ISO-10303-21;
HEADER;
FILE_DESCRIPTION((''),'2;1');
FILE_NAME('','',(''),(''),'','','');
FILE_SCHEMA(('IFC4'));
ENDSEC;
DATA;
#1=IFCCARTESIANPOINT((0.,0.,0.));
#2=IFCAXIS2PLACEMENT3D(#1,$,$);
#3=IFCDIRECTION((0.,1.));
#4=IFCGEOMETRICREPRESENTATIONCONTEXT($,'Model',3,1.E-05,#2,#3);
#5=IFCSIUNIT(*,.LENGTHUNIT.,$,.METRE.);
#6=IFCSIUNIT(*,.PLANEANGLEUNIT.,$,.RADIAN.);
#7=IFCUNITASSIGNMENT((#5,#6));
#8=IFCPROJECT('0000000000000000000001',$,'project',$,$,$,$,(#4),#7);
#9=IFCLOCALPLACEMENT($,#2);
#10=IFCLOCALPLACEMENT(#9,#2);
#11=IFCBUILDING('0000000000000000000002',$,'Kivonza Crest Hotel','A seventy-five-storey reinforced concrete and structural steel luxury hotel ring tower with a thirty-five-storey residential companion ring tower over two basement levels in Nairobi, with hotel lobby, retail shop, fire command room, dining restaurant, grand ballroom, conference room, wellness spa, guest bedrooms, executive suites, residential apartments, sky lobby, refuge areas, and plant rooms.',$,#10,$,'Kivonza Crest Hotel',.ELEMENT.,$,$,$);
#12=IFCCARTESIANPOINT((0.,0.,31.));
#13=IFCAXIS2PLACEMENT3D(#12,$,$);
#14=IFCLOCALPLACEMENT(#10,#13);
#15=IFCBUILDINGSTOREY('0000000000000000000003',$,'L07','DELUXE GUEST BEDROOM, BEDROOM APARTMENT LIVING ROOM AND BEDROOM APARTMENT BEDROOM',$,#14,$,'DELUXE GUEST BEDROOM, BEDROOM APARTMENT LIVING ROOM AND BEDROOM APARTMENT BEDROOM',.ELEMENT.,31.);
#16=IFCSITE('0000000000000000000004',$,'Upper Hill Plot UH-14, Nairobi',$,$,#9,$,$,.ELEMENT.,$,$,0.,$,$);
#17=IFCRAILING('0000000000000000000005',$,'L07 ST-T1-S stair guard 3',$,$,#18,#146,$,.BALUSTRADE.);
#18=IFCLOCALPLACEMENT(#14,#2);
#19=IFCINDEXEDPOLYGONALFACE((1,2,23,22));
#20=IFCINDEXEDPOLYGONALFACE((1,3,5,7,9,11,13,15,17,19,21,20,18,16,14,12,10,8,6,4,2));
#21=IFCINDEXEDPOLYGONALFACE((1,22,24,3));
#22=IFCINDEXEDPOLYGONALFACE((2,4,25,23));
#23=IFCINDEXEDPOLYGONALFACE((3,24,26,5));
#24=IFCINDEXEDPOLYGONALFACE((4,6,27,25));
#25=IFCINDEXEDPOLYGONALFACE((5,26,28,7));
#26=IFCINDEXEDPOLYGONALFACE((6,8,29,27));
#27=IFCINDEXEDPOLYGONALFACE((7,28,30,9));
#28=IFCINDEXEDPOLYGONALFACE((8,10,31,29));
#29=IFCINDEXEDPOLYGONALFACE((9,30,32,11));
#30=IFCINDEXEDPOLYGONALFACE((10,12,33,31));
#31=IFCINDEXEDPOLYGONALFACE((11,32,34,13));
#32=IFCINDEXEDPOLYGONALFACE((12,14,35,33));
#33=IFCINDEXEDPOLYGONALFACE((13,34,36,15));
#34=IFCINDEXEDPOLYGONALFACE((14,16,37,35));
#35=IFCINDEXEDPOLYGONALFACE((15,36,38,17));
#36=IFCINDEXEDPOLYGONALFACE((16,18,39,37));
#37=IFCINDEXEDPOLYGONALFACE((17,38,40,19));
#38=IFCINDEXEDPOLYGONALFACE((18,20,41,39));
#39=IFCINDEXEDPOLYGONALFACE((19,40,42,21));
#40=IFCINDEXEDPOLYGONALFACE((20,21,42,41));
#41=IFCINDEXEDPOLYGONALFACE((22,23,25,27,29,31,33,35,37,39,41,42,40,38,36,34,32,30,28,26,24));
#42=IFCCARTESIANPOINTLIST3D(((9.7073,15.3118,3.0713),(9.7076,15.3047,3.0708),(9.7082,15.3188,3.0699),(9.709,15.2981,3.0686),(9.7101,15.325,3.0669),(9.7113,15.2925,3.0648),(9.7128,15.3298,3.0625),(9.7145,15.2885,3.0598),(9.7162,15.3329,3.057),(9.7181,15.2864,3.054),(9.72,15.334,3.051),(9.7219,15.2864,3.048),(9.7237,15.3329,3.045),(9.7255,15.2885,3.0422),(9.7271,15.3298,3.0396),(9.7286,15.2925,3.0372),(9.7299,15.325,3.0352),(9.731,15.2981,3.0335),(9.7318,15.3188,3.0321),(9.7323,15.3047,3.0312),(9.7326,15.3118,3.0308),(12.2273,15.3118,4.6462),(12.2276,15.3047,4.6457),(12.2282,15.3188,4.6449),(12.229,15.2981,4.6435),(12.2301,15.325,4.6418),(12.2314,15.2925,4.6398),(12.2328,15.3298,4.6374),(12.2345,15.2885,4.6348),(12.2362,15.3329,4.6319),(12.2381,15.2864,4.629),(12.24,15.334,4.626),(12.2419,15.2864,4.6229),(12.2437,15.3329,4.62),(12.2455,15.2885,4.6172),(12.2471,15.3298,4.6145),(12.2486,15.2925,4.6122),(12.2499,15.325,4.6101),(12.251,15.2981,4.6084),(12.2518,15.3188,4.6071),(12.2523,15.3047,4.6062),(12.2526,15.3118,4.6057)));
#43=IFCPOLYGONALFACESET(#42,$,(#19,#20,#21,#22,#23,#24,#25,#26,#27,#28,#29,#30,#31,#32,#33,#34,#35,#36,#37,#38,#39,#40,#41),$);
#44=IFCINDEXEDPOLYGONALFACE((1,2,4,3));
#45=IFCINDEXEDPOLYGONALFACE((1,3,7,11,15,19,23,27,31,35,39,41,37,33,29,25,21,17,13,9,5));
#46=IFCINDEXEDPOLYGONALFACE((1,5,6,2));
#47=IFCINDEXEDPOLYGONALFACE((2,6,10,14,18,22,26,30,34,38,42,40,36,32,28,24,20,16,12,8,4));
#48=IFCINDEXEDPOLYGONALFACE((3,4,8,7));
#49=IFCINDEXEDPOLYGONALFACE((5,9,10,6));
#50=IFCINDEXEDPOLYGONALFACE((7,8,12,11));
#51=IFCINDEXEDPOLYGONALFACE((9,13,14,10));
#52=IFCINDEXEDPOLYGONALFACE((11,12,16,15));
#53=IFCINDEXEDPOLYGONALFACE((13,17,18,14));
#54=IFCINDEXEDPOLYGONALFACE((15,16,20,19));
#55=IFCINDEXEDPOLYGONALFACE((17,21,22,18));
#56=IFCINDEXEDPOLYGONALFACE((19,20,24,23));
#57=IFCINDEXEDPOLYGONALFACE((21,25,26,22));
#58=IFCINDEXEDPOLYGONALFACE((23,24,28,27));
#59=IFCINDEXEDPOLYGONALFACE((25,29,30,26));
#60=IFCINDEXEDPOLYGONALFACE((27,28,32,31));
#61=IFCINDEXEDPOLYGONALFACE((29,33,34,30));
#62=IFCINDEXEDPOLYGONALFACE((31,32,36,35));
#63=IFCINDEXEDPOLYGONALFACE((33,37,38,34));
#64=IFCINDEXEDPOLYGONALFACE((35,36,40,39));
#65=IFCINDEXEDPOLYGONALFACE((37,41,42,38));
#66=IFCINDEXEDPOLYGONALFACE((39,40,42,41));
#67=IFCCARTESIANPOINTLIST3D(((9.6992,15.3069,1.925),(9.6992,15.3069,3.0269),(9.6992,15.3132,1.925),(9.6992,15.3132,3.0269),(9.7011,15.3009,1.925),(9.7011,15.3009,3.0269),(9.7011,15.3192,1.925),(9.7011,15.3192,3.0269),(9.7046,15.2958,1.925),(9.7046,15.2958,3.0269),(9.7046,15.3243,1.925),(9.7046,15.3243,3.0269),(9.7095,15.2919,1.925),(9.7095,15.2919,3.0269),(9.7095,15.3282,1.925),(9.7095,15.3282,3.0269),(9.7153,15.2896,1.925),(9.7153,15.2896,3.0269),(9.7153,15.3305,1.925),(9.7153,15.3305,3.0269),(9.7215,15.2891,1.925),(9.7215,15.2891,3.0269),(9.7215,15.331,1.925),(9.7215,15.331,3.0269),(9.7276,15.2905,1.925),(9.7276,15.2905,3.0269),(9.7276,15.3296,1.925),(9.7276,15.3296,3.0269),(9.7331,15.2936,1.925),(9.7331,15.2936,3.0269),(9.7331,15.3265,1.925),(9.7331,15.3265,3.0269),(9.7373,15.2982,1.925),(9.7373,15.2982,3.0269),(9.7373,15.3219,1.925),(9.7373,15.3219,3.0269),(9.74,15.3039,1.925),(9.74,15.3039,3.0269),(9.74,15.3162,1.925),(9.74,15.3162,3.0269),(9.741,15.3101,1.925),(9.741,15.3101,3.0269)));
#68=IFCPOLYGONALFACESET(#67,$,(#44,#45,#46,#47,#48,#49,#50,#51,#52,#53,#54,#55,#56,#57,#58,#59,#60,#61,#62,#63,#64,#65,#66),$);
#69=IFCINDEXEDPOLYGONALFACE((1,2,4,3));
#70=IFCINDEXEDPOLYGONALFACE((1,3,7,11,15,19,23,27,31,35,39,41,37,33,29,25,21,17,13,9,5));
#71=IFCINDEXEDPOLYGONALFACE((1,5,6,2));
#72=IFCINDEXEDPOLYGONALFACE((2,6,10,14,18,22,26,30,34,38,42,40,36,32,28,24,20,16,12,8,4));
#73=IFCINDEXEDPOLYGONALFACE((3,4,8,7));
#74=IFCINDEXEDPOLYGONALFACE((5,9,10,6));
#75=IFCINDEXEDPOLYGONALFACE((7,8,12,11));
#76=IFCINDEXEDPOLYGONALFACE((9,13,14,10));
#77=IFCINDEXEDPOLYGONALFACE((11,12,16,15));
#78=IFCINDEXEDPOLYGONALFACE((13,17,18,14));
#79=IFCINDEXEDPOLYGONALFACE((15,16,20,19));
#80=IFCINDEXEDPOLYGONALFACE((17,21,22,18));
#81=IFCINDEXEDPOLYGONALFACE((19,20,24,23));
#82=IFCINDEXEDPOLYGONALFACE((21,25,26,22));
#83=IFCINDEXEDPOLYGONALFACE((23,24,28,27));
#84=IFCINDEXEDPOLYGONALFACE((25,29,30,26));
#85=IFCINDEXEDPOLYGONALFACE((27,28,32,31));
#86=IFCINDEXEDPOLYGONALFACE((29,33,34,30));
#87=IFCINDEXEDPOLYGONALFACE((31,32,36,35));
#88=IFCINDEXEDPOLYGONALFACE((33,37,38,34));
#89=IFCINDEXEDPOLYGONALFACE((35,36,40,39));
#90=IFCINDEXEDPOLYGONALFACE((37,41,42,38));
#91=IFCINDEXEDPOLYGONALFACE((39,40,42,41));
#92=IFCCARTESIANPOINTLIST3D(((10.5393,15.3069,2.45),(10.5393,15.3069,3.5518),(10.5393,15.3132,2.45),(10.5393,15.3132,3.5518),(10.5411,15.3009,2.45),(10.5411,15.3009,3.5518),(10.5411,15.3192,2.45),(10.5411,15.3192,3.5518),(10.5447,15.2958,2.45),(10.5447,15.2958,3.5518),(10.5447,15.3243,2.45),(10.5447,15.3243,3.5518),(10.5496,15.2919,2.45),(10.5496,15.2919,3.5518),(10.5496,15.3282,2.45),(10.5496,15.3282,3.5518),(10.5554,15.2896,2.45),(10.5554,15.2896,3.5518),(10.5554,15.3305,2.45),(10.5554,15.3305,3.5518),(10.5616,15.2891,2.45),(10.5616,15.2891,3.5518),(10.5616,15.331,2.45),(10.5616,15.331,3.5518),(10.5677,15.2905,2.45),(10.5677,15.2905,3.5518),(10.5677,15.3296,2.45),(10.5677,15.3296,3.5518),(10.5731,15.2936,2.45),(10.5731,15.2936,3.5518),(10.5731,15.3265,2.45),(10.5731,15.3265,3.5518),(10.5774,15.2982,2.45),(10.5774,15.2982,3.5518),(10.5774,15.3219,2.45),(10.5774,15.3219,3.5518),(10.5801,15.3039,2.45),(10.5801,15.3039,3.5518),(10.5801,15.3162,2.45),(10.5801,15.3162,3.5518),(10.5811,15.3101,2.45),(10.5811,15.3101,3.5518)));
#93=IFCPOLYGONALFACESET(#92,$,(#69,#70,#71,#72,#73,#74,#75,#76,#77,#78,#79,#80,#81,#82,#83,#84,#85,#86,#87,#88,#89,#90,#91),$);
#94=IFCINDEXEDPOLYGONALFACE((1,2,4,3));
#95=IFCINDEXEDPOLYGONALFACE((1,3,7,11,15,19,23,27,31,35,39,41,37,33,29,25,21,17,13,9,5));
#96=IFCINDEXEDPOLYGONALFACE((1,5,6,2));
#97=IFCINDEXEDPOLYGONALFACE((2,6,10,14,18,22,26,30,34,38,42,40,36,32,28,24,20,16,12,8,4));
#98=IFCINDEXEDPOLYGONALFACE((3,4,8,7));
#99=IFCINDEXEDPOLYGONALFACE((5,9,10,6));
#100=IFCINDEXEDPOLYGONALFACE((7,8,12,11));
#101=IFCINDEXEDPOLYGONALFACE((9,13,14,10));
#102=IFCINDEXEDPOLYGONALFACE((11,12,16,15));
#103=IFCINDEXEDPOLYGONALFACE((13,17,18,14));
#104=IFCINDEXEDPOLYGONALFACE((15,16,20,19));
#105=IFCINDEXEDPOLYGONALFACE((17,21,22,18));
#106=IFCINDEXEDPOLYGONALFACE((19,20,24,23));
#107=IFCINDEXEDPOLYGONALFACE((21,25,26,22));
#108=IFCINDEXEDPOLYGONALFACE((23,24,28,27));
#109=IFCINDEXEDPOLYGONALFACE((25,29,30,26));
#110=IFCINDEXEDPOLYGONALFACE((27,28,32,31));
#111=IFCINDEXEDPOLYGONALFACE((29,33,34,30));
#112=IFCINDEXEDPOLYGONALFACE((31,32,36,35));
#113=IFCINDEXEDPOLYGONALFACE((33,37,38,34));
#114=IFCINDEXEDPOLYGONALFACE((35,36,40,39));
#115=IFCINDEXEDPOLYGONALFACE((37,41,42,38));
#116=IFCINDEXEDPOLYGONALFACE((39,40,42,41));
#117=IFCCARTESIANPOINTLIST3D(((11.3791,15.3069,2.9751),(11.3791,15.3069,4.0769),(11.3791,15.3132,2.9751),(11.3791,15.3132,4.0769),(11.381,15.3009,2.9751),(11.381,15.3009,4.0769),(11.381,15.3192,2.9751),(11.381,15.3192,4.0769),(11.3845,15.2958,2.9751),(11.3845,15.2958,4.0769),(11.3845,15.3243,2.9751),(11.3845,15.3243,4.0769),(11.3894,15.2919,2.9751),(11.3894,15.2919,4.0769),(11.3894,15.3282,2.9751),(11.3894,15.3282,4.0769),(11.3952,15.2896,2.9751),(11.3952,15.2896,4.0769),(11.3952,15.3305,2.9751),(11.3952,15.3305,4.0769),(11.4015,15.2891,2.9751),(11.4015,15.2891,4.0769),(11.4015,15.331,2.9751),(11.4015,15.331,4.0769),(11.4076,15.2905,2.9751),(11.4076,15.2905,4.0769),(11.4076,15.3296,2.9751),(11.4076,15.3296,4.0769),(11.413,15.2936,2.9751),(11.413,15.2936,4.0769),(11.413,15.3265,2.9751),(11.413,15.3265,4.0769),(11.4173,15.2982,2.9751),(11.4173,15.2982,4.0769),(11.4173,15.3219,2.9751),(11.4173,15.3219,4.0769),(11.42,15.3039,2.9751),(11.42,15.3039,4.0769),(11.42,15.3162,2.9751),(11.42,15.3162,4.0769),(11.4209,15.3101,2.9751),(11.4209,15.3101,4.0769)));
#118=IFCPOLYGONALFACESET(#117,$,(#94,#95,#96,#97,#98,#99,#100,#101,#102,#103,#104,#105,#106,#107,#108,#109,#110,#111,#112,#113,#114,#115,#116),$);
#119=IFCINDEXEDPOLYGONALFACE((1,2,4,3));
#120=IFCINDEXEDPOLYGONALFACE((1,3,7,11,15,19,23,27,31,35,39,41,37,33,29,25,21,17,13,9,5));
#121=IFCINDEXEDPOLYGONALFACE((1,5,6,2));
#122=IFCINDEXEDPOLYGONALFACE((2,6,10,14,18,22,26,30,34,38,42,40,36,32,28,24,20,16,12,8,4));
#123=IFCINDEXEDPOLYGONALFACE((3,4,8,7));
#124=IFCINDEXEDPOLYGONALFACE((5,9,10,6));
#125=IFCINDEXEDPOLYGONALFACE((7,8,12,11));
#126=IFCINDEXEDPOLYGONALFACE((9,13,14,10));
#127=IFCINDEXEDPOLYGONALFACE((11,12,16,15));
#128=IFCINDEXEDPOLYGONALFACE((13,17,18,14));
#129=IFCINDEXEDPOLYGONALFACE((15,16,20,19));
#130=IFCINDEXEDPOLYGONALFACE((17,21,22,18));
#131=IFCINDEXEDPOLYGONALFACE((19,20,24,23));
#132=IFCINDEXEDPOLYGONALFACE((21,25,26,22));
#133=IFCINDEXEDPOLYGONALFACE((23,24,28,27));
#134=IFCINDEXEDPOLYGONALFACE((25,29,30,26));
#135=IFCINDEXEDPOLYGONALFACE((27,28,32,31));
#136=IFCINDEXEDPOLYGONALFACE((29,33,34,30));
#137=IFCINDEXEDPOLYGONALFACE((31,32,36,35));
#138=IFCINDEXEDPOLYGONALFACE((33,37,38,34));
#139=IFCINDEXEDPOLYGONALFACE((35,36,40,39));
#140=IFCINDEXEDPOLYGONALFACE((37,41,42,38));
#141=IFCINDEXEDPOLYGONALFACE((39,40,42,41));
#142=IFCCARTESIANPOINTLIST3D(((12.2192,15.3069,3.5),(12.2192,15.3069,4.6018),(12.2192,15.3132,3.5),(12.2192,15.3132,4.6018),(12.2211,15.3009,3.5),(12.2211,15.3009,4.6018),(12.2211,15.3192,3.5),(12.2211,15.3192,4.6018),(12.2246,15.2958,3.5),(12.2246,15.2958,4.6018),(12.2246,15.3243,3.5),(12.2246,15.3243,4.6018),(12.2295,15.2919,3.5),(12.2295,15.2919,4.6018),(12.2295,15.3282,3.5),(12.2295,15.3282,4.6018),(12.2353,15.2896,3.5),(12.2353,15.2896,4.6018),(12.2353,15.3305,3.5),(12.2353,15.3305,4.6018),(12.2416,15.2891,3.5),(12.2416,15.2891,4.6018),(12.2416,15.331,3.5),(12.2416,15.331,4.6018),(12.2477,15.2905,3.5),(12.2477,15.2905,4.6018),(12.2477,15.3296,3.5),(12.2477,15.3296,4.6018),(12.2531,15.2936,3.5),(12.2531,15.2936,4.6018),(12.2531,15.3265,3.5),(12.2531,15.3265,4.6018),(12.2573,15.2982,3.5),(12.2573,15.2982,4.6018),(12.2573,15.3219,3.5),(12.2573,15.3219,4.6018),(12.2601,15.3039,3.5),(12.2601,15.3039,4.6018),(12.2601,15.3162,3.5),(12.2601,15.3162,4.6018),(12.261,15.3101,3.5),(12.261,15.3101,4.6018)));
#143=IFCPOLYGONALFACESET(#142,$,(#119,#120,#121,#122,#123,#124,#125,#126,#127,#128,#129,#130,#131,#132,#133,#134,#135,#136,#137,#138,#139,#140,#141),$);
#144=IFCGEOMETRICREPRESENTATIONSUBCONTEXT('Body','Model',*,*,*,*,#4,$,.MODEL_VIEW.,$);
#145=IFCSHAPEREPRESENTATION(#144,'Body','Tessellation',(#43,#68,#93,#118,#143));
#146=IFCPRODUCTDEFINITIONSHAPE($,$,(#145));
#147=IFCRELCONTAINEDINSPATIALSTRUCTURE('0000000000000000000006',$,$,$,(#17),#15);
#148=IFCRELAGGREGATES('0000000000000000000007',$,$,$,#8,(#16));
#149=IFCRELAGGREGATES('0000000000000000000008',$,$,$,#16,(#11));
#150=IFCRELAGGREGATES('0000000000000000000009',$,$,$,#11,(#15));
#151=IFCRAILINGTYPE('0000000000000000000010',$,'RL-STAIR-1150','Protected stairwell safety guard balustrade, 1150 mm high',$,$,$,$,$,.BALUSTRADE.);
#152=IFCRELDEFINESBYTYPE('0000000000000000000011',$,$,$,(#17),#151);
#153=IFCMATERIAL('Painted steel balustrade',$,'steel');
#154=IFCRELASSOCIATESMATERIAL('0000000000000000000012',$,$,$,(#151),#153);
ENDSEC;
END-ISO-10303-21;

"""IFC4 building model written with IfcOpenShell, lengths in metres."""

from ifc_helpers import new_model, si_unit, direction, frame, origin, origin_2d, place, context, subcontext, project, spatial, circle, extrude, material, type_object, element, save


model = new_model("IFC4")

# Units and contexts
model_context = context("Model", 3, precision=1e-05, world=origin(), true_north=direction((0.0, 1.0)))
body_context = subcontext(model_context, "Body", "Model", "MODEL_VIEW")
ifc_project = project(units=[si_unit("LENGTHUNIT", "METRE"), si_unit("PLANEANGLEUNIT", "RADIAN")], contexts=[model_context])

# Site, building, storey
site_placement = place(None, origin())
site = spatial("IfcSite", under=ifc_project, at=site_placement, Name="Upper Hill Plot UH-14, Nairobi", CompositionType="ELEMENT", RefElevation=0.0)
building_placement = place(site_placement, origin())
building = spatial("IfcBuilding", under=site, at=building_placement, Name="Kivonza Crest Hotel", Description="A seventy-five-storey reinforced concrete and structural steel luxury hotel ring tower with a thirty-five-storey residential companion ring tower over two basement levels in Nairobi, with hotel lobby, retail shop, fire command room, dining restaurant, grand ballroom, conference room, wellness spa, guest bedrooms, executive suites, residential apartments, sky lobby, refuge areas, and plant rooms.", LongName="Kivonza Crest Hotel", CompositionType="ELEMENT")
storey_placement = place(building_placement, frame((0.0, 0.0, 31.0)))
storey = spatial("IfcBuildingStorey", under=building, at=storey_placement, Name="L07", Description="DELUXE GUEST BEDROOM, BEDROOM APARTMENT LIVING ROOM AND BEDROOM APARTMENT BEDROOM", LongName="DELUXE GUEST BEDROOM, BEDROOM APARTMENT LIVING ROOM AND BEDROOM APARTMENT BEDROOM", CompositionType="ELEMENT", Elevation=31.0)

# Railing
ifc_material_1 = material(Name="Painted steel balustrade", Category="steel")
railing_type_1 = type_object("IfcRailingType", Name="RL-STAIR-1150", Description="Protected stairwell safety guard balustrade, 1150 mm high", PredefinedType="BALUSTRADE", material=ifc_material_1)
railing_1_placement = place(storey_placement, frame((9.72, 15.3101, 1.925)))
element("IfcRailing", 1, at=railing_1_placement, inside=storey, type_object=railing_type_1, Name="L07 ST-T1-S stair guard 3", PredefinedType="BALUSTRADE", context=body_context, shape_type="SweptSolid", body=[
    extrude(circle(Radius=0.0239, at=origin_2d()), frame((0.0, 0.0, 1.126), z_axis=(0.848008, 0.0, 0.529984), x_axis=(0.0, 1.0, 0.0)), (0.0, 0.0, 1.0), 2.9717),
    extrude(circle(Radius=0.021, at=origin_2d()), origin(), (0.0, 0.0, 1.0), 1.1018),
    extrude(circle(Radius=0.021, at=origin_2d()), frame((0.8401, 0.0, 0.5249)), (0.0, 0.0, 1.0), 1.1018),
    extrude(circle(Radius=0.021, at=origin_2d()), frame((1.6799, 0.0, 1.05)), (0.0, 0.0, 1.0), 1.1018),
    extrude(circle(Radius=0.021, at=origin_2d()), frame((2.52, 0.0, 1.575)), (0.0, 0.0, 1.0), 1.1018),
])

save(model, "model.ifc")
